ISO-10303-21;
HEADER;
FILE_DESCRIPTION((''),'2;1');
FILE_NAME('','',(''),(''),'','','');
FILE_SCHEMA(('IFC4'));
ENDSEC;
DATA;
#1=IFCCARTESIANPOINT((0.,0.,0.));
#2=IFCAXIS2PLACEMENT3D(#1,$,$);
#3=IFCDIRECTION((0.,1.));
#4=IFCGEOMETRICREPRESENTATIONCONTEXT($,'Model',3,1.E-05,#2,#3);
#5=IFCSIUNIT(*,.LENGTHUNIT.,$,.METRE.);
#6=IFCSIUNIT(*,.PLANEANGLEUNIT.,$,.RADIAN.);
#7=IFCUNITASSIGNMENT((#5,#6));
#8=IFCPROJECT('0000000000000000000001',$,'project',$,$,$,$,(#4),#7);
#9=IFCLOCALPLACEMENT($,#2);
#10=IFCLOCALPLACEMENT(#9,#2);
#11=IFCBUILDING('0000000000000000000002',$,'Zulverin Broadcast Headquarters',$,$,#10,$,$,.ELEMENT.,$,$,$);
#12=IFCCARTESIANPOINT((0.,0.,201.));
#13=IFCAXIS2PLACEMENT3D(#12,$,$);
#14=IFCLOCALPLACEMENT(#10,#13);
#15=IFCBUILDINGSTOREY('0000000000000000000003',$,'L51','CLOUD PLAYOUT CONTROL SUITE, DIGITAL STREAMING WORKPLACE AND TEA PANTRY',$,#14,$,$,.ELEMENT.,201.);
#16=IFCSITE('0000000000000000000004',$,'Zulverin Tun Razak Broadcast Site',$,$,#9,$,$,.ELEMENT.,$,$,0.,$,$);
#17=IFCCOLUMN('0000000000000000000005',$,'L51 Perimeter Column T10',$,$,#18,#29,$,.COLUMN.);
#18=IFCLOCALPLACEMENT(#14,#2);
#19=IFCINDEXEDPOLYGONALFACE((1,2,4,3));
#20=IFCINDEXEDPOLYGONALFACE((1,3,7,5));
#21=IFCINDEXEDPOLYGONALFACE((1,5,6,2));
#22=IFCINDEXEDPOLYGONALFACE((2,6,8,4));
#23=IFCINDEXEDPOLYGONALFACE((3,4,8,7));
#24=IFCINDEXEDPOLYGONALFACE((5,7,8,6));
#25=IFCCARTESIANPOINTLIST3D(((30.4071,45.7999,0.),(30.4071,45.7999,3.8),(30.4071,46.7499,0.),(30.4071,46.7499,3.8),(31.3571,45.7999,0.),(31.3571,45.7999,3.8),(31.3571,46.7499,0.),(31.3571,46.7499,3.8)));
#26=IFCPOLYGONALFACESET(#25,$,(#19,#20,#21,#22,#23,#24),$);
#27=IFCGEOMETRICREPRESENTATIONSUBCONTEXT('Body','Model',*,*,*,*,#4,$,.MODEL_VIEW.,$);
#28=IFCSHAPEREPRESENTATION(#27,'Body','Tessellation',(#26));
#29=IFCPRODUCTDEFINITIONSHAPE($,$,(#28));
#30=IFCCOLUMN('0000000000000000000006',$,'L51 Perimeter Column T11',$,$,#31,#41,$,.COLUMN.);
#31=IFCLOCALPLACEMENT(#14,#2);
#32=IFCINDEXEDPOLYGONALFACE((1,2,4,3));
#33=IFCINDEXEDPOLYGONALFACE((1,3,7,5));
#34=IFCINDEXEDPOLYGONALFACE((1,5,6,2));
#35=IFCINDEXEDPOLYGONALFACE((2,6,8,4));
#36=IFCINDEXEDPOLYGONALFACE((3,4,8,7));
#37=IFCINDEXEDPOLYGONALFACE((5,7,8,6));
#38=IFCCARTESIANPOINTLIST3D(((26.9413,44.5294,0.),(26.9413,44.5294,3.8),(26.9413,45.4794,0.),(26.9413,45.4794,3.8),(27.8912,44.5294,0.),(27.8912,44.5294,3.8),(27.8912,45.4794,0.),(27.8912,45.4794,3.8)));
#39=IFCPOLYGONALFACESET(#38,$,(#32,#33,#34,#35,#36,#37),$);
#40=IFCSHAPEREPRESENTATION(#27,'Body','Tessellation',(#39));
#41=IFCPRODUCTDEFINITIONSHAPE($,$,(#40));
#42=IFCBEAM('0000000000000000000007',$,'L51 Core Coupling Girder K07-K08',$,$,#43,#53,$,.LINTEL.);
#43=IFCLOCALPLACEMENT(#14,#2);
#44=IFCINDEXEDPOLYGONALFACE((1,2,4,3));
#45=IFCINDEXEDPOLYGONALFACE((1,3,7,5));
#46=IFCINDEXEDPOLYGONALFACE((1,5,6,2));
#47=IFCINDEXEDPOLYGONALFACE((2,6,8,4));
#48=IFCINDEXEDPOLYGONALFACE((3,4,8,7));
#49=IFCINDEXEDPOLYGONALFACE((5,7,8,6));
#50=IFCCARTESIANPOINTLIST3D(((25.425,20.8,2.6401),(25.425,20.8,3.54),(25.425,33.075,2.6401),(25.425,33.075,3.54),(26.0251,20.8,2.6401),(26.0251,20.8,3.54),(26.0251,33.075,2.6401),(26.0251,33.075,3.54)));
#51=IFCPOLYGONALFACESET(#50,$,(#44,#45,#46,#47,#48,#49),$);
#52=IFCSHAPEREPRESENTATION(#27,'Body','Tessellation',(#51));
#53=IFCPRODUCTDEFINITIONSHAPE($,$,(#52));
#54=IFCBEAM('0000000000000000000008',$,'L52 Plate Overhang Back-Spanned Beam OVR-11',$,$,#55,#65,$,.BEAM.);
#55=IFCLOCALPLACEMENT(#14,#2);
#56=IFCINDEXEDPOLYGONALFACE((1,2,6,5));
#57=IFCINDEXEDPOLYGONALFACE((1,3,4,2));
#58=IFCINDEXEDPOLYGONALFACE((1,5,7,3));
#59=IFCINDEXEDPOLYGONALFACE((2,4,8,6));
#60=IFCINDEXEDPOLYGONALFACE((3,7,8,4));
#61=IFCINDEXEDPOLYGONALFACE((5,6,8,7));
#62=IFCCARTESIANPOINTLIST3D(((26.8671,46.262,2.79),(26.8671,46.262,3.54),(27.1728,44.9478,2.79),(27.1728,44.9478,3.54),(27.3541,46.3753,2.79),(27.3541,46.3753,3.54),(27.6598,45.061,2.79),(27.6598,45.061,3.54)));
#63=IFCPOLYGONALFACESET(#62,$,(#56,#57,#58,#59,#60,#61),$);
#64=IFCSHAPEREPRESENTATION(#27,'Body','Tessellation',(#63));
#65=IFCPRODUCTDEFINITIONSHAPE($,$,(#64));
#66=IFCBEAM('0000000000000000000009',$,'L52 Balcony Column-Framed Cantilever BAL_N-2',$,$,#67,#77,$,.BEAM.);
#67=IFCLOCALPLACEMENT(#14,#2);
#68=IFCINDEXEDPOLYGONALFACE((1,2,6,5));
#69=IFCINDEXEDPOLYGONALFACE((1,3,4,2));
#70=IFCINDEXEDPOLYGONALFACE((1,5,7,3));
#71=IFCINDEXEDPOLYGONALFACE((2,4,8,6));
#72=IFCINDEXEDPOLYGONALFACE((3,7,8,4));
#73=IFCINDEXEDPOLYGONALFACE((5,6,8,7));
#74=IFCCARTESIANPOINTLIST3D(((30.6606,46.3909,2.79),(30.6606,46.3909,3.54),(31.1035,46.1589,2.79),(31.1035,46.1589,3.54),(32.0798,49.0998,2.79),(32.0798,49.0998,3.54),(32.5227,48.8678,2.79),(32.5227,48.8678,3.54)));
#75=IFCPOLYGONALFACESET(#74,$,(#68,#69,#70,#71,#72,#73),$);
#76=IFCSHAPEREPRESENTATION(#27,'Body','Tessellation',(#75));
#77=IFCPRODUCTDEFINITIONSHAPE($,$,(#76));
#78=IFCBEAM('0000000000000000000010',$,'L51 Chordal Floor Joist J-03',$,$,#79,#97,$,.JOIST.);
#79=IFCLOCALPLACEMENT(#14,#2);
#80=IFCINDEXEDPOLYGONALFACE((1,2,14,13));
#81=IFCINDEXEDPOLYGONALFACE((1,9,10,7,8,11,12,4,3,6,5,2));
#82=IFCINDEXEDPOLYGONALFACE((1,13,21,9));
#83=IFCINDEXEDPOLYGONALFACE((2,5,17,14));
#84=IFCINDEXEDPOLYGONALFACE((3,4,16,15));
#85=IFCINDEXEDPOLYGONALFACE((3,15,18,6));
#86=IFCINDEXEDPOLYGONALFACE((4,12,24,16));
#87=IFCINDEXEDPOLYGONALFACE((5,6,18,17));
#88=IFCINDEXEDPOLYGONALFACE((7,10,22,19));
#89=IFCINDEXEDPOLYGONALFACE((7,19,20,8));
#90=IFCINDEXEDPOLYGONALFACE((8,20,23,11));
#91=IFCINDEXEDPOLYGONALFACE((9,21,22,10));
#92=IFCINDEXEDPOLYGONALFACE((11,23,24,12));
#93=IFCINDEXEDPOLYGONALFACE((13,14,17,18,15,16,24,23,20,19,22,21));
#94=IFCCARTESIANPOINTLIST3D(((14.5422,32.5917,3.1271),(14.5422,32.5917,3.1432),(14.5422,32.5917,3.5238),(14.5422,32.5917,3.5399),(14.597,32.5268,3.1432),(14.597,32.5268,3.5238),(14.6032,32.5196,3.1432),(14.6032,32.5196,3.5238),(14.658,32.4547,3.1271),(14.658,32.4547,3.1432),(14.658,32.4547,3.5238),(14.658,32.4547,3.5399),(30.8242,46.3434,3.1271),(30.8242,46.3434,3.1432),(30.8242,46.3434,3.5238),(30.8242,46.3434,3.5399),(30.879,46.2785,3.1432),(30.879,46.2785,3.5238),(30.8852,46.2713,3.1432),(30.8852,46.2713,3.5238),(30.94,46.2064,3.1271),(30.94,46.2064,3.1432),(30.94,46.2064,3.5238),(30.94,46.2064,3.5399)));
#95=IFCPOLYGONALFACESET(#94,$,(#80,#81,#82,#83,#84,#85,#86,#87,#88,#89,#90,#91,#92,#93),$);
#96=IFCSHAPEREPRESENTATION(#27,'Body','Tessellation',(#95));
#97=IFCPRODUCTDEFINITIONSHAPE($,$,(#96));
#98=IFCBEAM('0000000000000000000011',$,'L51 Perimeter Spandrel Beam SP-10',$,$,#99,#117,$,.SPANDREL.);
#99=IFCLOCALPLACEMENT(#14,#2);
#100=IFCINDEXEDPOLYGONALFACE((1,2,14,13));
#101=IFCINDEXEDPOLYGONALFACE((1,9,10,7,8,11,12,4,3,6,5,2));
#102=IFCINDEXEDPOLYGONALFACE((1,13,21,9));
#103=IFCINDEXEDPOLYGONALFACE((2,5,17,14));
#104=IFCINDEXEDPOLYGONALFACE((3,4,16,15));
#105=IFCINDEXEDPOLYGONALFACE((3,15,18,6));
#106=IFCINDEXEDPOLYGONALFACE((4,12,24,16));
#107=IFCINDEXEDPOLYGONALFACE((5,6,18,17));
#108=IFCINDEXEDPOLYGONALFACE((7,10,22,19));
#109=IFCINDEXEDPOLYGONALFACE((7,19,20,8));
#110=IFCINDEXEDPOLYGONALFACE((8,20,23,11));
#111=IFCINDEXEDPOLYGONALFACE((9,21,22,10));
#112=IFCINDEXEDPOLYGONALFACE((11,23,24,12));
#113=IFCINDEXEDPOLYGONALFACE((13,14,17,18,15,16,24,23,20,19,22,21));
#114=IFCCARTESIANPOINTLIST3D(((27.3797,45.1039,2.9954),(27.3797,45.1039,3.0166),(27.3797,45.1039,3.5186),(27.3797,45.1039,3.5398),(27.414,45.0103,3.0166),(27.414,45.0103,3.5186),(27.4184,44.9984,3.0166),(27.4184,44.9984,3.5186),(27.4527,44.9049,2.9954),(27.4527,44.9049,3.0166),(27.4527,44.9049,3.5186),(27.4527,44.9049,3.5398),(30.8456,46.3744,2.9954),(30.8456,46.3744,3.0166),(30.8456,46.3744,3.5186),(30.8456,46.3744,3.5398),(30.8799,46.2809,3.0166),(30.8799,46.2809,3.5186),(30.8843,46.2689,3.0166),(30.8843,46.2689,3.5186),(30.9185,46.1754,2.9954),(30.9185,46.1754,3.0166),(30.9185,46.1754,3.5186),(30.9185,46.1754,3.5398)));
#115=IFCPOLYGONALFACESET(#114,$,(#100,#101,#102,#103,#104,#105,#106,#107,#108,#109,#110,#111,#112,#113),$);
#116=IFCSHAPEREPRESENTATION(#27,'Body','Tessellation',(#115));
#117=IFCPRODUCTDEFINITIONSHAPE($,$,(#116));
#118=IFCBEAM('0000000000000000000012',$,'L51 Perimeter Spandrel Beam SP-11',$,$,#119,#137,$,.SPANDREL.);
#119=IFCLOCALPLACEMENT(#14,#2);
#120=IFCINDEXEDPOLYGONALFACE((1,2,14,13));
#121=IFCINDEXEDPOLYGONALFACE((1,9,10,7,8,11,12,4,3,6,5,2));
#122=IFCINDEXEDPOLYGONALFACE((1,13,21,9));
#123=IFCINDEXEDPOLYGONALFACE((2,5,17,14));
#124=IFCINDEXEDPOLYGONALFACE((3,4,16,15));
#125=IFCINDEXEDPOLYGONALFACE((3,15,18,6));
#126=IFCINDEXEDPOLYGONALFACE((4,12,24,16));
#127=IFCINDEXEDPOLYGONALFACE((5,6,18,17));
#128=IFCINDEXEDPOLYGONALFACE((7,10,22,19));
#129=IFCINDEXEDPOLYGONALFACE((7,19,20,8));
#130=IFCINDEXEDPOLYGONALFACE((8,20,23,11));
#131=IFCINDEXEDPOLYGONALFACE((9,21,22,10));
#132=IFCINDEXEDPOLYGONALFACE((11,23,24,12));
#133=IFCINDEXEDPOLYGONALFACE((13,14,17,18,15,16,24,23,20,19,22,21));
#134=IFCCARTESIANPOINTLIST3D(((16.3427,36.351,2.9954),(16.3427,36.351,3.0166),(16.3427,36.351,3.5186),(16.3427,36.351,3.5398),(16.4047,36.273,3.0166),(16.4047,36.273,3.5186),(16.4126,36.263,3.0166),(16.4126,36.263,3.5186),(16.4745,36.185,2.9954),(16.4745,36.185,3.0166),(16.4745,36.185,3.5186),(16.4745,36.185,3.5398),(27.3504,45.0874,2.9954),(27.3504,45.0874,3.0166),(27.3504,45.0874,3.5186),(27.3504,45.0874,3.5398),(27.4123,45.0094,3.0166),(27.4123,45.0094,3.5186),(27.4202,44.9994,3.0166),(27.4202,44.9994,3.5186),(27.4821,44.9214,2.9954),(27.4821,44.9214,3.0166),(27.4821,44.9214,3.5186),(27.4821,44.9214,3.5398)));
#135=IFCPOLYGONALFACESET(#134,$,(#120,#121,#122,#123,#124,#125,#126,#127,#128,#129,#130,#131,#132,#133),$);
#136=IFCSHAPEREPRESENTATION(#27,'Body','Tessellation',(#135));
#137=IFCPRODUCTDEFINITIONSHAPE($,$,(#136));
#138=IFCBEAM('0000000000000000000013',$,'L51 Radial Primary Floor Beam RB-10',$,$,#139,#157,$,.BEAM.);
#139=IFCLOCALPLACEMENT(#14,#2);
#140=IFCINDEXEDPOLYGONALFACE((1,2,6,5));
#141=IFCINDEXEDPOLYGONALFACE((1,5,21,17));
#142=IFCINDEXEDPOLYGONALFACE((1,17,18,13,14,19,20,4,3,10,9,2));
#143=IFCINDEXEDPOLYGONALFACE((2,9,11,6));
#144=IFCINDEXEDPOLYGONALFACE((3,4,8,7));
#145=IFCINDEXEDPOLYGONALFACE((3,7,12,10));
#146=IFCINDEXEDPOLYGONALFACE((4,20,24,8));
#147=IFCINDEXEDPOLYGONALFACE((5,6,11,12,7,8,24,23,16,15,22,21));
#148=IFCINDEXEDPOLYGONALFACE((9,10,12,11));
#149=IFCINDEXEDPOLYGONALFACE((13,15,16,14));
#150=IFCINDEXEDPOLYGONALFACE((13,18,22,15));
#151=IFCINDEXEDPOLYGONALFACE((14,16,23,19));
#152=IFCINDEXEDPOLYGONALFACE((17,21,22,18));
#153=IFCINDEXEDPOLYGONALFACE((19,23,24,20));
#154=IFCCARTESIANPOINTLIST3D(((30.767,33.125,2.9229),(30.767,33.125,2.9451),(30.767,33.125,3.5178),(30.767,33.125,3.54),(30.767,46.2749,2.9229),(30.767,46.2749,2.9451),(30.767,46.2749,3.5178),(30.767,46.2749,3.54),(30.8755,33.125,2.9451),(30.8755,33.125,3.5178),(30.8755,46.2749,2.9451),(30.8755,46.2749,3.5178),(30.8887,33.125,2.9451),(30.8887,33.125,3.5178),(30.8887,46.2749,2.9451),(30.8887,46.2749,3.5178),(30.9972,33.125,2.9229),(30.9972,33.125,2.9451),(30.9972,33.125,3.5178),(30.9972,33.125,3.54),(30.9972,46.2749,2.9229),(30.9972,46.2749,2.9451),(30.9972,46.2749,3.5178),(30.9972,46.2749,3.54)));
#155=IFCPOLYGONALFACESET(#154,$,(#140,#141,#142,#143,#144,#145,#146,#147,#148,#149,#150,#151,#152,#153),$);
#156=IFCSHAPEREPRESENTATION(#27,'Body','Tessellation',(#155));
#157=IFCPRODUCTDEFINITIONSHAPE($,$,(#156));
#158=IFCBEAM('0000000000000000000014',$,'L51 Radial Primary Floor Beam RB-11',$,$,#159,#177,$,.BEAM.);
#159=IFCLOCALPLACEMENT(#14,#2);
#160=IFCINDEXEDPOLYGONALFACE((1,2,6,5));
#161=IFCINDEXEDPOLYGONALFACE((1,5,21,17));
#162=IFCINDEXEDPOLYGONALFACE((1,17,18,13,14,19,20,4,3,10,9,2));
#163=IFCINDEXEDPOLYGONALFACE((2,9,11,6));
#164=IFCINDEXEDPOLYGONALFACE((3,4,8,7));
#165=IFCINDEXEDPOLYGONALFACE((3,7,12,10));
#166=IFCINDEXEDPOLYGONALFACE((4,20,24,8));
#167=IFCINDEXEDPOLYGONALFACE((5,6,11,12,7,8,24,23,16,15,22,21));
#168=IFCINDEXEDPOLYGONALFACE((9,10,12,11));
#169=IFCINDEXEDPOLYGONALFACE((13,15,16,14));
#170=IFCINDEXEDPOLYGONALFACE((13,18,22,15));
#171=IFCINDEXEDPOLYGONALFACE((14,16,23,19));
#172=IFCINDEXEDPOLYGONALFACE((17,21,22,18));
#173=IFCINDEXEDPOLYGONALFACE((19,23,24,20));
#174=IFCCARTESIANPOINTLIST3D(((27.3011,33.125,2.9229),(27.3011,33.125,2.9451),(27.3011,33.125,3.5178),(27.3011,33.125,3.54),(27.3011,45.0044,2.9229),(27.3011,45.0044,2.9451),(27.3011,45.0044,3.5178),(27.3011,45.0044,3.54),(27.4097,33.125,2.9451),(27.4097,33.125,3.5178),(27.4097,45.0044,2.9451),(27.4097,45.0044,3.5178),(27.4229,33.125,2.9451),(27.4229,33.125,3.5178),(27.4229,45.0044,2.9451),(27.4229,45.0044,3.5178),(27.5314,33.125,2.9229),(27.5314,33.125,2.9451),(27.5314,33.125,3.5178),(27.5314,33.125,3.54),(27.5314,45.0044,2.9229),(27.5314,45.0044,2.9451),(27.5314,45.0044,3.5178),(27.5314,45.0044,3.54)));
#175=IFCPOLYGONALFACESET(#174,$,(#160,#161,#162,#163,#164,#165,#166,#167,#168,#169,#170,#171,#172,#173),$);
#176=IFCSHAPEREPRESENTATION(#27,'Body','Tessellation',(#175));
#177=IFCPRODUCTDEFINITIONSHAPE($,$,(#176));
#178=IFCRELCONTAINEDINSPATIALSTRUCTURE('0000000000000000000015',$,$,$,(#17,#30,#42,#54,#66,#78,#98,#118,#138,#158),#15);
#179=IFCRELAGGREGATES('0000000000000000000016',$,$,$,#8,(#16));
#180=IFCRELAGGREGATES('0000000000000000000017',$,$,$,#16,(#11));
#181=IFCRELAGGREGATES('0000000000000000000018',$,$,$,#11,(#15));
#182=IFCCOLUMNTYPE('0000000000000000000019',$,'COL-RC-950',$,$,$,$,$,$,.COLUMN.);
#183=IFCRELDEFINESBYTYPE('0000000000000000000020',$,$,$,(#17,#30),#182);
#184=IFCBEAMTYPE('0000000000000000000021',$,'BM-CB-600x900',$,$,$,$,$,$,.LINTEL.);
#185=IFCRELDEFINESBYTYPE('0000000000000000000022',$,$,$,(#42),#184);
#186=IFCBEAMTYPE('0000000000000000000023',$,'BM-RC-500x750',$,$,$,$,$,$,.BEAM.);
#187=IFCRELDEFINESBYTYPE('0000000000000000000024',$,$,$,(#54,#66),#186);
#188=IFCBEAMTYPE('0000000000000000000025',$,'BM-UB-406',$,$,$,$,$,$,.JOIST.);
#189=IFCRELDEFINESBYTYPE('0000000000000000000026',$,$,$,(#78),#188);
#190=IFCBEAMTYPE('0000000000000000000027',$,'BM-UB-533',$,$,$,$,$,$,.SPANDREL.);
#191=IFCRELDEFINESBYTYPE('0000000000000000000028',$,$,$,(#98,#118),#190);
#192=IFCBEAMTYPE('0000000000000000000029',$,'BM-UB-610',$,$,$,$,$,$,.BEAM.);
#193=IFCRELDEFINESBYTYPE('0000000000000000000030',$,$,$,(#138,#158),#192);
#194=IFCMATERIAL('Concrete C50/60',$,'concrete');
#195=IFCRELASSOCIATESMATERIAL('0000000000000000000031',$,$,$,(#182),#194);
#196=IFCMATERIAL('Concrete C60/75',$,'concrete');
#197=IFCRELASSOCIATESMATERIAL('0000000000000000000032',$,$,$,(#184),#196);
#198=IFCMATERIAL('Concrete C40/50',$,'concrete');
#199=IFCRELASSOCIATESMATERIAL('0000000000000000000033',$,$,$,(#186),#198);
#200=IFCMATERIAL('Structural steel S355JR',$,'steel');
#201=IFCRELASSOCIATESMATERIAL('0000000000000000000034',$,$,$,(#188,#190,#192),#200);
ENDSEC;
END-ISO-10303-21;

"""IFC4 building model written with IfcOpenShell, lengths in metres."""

from ifc_helpers import new_model, si_unit, direction, frame, origin, origin_2d, place, context, subcontext, project, spatial, rectangle, i_section, extrude, material, material_profile, profile_set, type_object, element, save


model = new_model("IFC4")

# Units and contexts
model_context = context("Model", 3, precision=1e-05, world=origin(), true_north=direction((0.0, 1.0)))
body_context = subcontext(model_context, "Body", "Model", "MODEL_VIEW")
ifc_project = project(units=[si_unit("LENGTHUNIT", "METRE"), si_unit("PLANEANGLEUNIT", "RADIAN")], contexts=[model_context])

# Site, building, storey
site_placement = place(None, origin())
site = spatial("IfcSite", under=ifc_project, at=site_placement, Name="Zulverin Tun Razak Broadcast Site", CompositionType="ELEMENT", RefElevation=0.0)
building_placement = place(site_placement, origin())
building = spatial("IfcBuilding", under=site, at=building_placement, Name="Zulverin Broadcast Headquarters", CompositionType="ELEMENT")
storey_placement = place(building_placement, frame((0.0, 0.0, 201.0)))
storey = spatial("IfcBuildingStorey", under=building, at=storey_placement, Name="L51", Description="CLOUD PLAYOUT CONTROL SUITE, DIGITAL STREAMING WORKPLACE AND TEA PANTRY", CompositionType="ELEMENT", Elevation=201.0)

# Columns
ifc_material_1 = material(Name="Concrete C50/60", Category="concrete")
ifc_material_profile_1 = material_profile(ifc_material_1, rectangle(XDim=0.95, YDim=0.95, at=origin_2d()), Name="Concrete C50/60", Category="concrete")
ifc_profile_set_1 = profile_set([ifc_material_profile_1], Name="Concrete C50/60")
column_type = type_object("IfcColumnType", Name="COL-RC-950", PredefinedType="COLUMN", material=ifc_profile_set_1)
for number, where, z_axis, x_axis, name in (
    (1, (30.8821, 46.2749, 0.0), (0.0, 0.0, 1.0), (1.0, 0.0, 0.0), "L51 Perimeter Column T10"),
    (2, (27.4163, 45.0044, 0.0), (0.0, 0.0, 1.0), (1.0, 0.0, 0.0), "L51 Perimeter Column T11"),
):
    element("IfcColumn", number, at=place(storey_placement, frame(where, z_axis=z_axis, x_axis=x_axis)), inside=storey, type_object=column_type, Name=name, PredefinedType="COLUMN", context=body_context, shape_type="SweptSolid", body=[
        extrude(rectangle(XDim=0.95, YDim=0.95, at=origin_2d()), origin(), (0.0, 0.0, 1.0), 3.8),
    ])

# Beams
ifc_material_2 = material(Name="Concrete C60/75", Category="concrete")
ifc_material_profile_2 = material_profile(ifc_material_2, rectangle(XDim=0.6001, YDim=0.8999, at=origin_2d()), Name="Concrete C60/75", Category="concrete")
ifc_profile_set_2 = profile_set([ifc_material_profile_2], Name="Concrete C60/75")
beam_type_1 = type_object("IfcBeamType", Name="BM-CB-600x900", PredefinedType="LINTEL", material=ifc_profile_set_2)
beam_1_placement = place(storey_placement, frame((25.7251, 33.075, 3.0901), z_axis=(0.0, -1.0, 0.0), x_axis=(1.0, 0.0, 0.0)))
element("IfcBeam", 3, at=beam_1_placement, inside=storey, type_object=beam_type_1, Name="L51 Core Coupling Girder K07-K08", PredefinedType="LINTEL", context=body_context, shape_type="SweptSolid", body=[
    extrude(rectangle(XDim=0.6001, YDim=0.8999, at=origin_2d()), origin(), (0.0, 0.0, 1.0), 12.2749),
])
ifc_material_3 = material(Name="Concrete C40/50", Category="concrete")
ifc_material_profile_3 = material_profile(ifc_material_3, rectangle(XDim=0.5, YDim=0.75, at=origin_2d()), Name="Concrete C40/50", Category="concrete")
ifc_profile_set_3 = profile_set([ifc_material_profile_3], Name="Concrete C40/50")
beam_type_2 = type_object("IfcBeamType", Name="BM-RC-500x750", PredefinedType="BEAM", material=ifc_profile_set_3)
beam_2_placement = place(storey_placement, frame((27.4163, 45.0044, 3.165), z_axis=(-0.226537, 0.974002, 0.0), x_axis=(-0.974002, -0.226537, 0.0)))
element("IfcBeam", 4, at=beam_2_placement, inside=storey, type_object=beam_type_2, Name="L52 Plate Overhang Back-Spanned Beam OVR-11", PredefinedType="BEAM", context=body_context, shape_type="SweptSolid", body=[
    extrude(rectangle(XDim=0.5, YDim=0.75, at=origin_2d()), origin(), (0.0, 0.0, 1.0), 1.3494),
])
beam_3_placement = place(storey_placement, frame((30.8821, 46.2749, 3.165), z_axis=(0.464058, 0.885805, 0.0), x_axis=(-0.885805, 0.464058, 0.0)))
element("IfcBeam", 5, at=beam_3_placement, inside=storey, type_object=beam_type_2, Name="L52 Balcony Column-Framed Cantilever BAL_N-2", PredefinedType="BEAM", context=body_context, shape_type="SweptSolid", body=[
    extrude(rectangle(XDim=0.5, YDim=0.75, at=origin_2d()), origin(), (0.0, 0.0, 1.0), 3.0581),
])
ifc_material_4 = material(Name="Structural steel S355JR", Category="steel")
ifc_material_profile_4 = material_profile(ifc_material_4, i_section(OverallWidth=0.1794, OverallDepth=0.4128, WebThickness=0.0095, FlangeThickness=0.0161, at=origin_2d()), Name="Structural steel S355JR", Category="steel")
ifc_profile_set_4 = profile_set([ifc_material_profile_4], Name="Structural steel S355JR")
beam_type_3 = type_object("IfcBeamType", Name="BM-UB-406", PredefinedType="JOIST", material=ifc_profile_set_4)
beam_4_placement = place(storey_placement, frame((30.8821, 46.2749, 3.3335), z_axis=(-0.763973, -0.645249, 0.0), x_axis=(0.645249, -0.763973, 0.0)))
element("IfcBeam", 6, at=beam_4_placement, inside=storey, type_object=beam_type_3, Name="L51 Chordal Floor Joist J-03", PredefinedType="JOIST", context=body_context, shape_type="SweptSolid", body=[
    extrude(i_section(OverallWidth=0.1794, OverallDepth=0.4128, WebThickness=0.0095, FlangeThickness=0.0161, at=origin_2d()), origin(), (0.0, 0.0, 1.0), 21.3123),
])
ifc_material_profile_5 = material_profile(ifc_material_4, i_section(OverallWidth=0.2119, OverallDepth=0.5444, WebThickness=0.0127, FlangeThickness=0.0212, at=origin_2d()), Name="Structural steel S355JR", Category="steel")
ifc_profile_set_5 = profile_set([ifc_material_profile_5], Name="Structural steel S355JR")
beam_type_4 = type_object("IfcBeamType", Name="BM-UB-533", PredefinedType="SPANDREL", material=ifc_profile_set_5)
beam_5_placement = place(storey_placement, frame((30.8821, 46.2749, 3.2676), z_axis=(-0.938902, -0.344185, 0.0), x_axis=(0.344185, -0.938902, 0.0)))
element("IfcBeam", 7, at=beam_5_placement, inside=storey, type_object=beam_type_4, Name="L51 Perimeter Spandrel Beam SP-10", PredefinedType="SPANDREL", context=body_context, shape_type="SweptSolid", body=[
    extrude(i_section(OverallWidth=0.2119, OverallDepth=0.5444, WebThickness=0.0127, FlangeThickness=0.0212, at=origin_2d()), origin(), (0.0, 0.0, 1.0), 3.6914),
])
beam_6_placement = place(storey_placement, frame((27.4163, 45.0044, 3.2676), z_axis=(-0.783283, -0.621665, 0.0), x_axis=(0.621665, -0.783283, 0.0)))
element("IfcBeam", 8, at=beam_6_placement, inside=storey, type_object=beam_type_4, Name="L51 Perimeter Spandrel Beam SP-11", PredefinedType="SPANDREL", context=body_context, shape_type="SweptSolid", body=[
    extrude(i_section(OverallWidth=0.2119, OverallDepth=0.5444, WebThickness=0.0127, FlangeThickness=0.0212, at=origin_2d()), origin(), (0.0, 0.0, 1.0), 14.0532),
])
ifc_material_profile_6 = material_profile(ifc_material_4, i_section(OverallWidth=0.2302, OverallDepth=0.6172, WebThickness=0.0132, FlangeThickness=0.0222, at=origin_2d()), Name="Structural steel S355JR", Category="steel")
ifc_profile_set_6 = profile_set([ifc_material_profile_6], Name="Structural steel S355JR")
beam_type_5 = type_object("IfcBeamType", Name="BM-UB-610", PredefinedType="BEAM", material=ifc_profile_set_6)
beam_7_placement = place(storey_placement, frame((30.8821, 33.125, 3.2314), z_axis=(0.0, 1.0, 0.0), x_axis=(-1.0, 0.0, 0.0)))
element("IfcBeam", 9, at=beam_7_placement, inside=storey, type_object=beam_type_5, Name="L51 Radial Primary Floor Beam RB-10", PredefinedType="BEAM", context=body_context, shape_type="SweptSolid", body=[
    extrude(i_section(OverallWidth=0.2302, OverallDepth=0.6172, WebThickness=0.0132, FlangeThickness=0.0222, at=origin_2d()), origin(), (0.0, 0.0, 1.0), 13.1499),
])
beam_8_placement = place(storey_placement, frame((27.4163, 33.125, 3.2314), z_axis=(0.0, 1.0, 0.0), x_axis=(-1.0, 0.0, 0.0)))
element("IfcBeam", 10, at=beam_8_placement, inside=storey, type_object=beam_type_5, Name="L51 Radial Primary Floor Beam RB-11", PredefinedType="BEAM", context=body_context, shape_type="SweptSolid", body=[
    extrude(i_section(OverallWidth=0.2302, OverallDepth=0.6172, WebThickness=0.0132, FlangeThickness=0.0222, at=origin_2d()), origin(), (0.0, 0.0, 1.0), 11.8794),
])

save(model, "model.ifc")
